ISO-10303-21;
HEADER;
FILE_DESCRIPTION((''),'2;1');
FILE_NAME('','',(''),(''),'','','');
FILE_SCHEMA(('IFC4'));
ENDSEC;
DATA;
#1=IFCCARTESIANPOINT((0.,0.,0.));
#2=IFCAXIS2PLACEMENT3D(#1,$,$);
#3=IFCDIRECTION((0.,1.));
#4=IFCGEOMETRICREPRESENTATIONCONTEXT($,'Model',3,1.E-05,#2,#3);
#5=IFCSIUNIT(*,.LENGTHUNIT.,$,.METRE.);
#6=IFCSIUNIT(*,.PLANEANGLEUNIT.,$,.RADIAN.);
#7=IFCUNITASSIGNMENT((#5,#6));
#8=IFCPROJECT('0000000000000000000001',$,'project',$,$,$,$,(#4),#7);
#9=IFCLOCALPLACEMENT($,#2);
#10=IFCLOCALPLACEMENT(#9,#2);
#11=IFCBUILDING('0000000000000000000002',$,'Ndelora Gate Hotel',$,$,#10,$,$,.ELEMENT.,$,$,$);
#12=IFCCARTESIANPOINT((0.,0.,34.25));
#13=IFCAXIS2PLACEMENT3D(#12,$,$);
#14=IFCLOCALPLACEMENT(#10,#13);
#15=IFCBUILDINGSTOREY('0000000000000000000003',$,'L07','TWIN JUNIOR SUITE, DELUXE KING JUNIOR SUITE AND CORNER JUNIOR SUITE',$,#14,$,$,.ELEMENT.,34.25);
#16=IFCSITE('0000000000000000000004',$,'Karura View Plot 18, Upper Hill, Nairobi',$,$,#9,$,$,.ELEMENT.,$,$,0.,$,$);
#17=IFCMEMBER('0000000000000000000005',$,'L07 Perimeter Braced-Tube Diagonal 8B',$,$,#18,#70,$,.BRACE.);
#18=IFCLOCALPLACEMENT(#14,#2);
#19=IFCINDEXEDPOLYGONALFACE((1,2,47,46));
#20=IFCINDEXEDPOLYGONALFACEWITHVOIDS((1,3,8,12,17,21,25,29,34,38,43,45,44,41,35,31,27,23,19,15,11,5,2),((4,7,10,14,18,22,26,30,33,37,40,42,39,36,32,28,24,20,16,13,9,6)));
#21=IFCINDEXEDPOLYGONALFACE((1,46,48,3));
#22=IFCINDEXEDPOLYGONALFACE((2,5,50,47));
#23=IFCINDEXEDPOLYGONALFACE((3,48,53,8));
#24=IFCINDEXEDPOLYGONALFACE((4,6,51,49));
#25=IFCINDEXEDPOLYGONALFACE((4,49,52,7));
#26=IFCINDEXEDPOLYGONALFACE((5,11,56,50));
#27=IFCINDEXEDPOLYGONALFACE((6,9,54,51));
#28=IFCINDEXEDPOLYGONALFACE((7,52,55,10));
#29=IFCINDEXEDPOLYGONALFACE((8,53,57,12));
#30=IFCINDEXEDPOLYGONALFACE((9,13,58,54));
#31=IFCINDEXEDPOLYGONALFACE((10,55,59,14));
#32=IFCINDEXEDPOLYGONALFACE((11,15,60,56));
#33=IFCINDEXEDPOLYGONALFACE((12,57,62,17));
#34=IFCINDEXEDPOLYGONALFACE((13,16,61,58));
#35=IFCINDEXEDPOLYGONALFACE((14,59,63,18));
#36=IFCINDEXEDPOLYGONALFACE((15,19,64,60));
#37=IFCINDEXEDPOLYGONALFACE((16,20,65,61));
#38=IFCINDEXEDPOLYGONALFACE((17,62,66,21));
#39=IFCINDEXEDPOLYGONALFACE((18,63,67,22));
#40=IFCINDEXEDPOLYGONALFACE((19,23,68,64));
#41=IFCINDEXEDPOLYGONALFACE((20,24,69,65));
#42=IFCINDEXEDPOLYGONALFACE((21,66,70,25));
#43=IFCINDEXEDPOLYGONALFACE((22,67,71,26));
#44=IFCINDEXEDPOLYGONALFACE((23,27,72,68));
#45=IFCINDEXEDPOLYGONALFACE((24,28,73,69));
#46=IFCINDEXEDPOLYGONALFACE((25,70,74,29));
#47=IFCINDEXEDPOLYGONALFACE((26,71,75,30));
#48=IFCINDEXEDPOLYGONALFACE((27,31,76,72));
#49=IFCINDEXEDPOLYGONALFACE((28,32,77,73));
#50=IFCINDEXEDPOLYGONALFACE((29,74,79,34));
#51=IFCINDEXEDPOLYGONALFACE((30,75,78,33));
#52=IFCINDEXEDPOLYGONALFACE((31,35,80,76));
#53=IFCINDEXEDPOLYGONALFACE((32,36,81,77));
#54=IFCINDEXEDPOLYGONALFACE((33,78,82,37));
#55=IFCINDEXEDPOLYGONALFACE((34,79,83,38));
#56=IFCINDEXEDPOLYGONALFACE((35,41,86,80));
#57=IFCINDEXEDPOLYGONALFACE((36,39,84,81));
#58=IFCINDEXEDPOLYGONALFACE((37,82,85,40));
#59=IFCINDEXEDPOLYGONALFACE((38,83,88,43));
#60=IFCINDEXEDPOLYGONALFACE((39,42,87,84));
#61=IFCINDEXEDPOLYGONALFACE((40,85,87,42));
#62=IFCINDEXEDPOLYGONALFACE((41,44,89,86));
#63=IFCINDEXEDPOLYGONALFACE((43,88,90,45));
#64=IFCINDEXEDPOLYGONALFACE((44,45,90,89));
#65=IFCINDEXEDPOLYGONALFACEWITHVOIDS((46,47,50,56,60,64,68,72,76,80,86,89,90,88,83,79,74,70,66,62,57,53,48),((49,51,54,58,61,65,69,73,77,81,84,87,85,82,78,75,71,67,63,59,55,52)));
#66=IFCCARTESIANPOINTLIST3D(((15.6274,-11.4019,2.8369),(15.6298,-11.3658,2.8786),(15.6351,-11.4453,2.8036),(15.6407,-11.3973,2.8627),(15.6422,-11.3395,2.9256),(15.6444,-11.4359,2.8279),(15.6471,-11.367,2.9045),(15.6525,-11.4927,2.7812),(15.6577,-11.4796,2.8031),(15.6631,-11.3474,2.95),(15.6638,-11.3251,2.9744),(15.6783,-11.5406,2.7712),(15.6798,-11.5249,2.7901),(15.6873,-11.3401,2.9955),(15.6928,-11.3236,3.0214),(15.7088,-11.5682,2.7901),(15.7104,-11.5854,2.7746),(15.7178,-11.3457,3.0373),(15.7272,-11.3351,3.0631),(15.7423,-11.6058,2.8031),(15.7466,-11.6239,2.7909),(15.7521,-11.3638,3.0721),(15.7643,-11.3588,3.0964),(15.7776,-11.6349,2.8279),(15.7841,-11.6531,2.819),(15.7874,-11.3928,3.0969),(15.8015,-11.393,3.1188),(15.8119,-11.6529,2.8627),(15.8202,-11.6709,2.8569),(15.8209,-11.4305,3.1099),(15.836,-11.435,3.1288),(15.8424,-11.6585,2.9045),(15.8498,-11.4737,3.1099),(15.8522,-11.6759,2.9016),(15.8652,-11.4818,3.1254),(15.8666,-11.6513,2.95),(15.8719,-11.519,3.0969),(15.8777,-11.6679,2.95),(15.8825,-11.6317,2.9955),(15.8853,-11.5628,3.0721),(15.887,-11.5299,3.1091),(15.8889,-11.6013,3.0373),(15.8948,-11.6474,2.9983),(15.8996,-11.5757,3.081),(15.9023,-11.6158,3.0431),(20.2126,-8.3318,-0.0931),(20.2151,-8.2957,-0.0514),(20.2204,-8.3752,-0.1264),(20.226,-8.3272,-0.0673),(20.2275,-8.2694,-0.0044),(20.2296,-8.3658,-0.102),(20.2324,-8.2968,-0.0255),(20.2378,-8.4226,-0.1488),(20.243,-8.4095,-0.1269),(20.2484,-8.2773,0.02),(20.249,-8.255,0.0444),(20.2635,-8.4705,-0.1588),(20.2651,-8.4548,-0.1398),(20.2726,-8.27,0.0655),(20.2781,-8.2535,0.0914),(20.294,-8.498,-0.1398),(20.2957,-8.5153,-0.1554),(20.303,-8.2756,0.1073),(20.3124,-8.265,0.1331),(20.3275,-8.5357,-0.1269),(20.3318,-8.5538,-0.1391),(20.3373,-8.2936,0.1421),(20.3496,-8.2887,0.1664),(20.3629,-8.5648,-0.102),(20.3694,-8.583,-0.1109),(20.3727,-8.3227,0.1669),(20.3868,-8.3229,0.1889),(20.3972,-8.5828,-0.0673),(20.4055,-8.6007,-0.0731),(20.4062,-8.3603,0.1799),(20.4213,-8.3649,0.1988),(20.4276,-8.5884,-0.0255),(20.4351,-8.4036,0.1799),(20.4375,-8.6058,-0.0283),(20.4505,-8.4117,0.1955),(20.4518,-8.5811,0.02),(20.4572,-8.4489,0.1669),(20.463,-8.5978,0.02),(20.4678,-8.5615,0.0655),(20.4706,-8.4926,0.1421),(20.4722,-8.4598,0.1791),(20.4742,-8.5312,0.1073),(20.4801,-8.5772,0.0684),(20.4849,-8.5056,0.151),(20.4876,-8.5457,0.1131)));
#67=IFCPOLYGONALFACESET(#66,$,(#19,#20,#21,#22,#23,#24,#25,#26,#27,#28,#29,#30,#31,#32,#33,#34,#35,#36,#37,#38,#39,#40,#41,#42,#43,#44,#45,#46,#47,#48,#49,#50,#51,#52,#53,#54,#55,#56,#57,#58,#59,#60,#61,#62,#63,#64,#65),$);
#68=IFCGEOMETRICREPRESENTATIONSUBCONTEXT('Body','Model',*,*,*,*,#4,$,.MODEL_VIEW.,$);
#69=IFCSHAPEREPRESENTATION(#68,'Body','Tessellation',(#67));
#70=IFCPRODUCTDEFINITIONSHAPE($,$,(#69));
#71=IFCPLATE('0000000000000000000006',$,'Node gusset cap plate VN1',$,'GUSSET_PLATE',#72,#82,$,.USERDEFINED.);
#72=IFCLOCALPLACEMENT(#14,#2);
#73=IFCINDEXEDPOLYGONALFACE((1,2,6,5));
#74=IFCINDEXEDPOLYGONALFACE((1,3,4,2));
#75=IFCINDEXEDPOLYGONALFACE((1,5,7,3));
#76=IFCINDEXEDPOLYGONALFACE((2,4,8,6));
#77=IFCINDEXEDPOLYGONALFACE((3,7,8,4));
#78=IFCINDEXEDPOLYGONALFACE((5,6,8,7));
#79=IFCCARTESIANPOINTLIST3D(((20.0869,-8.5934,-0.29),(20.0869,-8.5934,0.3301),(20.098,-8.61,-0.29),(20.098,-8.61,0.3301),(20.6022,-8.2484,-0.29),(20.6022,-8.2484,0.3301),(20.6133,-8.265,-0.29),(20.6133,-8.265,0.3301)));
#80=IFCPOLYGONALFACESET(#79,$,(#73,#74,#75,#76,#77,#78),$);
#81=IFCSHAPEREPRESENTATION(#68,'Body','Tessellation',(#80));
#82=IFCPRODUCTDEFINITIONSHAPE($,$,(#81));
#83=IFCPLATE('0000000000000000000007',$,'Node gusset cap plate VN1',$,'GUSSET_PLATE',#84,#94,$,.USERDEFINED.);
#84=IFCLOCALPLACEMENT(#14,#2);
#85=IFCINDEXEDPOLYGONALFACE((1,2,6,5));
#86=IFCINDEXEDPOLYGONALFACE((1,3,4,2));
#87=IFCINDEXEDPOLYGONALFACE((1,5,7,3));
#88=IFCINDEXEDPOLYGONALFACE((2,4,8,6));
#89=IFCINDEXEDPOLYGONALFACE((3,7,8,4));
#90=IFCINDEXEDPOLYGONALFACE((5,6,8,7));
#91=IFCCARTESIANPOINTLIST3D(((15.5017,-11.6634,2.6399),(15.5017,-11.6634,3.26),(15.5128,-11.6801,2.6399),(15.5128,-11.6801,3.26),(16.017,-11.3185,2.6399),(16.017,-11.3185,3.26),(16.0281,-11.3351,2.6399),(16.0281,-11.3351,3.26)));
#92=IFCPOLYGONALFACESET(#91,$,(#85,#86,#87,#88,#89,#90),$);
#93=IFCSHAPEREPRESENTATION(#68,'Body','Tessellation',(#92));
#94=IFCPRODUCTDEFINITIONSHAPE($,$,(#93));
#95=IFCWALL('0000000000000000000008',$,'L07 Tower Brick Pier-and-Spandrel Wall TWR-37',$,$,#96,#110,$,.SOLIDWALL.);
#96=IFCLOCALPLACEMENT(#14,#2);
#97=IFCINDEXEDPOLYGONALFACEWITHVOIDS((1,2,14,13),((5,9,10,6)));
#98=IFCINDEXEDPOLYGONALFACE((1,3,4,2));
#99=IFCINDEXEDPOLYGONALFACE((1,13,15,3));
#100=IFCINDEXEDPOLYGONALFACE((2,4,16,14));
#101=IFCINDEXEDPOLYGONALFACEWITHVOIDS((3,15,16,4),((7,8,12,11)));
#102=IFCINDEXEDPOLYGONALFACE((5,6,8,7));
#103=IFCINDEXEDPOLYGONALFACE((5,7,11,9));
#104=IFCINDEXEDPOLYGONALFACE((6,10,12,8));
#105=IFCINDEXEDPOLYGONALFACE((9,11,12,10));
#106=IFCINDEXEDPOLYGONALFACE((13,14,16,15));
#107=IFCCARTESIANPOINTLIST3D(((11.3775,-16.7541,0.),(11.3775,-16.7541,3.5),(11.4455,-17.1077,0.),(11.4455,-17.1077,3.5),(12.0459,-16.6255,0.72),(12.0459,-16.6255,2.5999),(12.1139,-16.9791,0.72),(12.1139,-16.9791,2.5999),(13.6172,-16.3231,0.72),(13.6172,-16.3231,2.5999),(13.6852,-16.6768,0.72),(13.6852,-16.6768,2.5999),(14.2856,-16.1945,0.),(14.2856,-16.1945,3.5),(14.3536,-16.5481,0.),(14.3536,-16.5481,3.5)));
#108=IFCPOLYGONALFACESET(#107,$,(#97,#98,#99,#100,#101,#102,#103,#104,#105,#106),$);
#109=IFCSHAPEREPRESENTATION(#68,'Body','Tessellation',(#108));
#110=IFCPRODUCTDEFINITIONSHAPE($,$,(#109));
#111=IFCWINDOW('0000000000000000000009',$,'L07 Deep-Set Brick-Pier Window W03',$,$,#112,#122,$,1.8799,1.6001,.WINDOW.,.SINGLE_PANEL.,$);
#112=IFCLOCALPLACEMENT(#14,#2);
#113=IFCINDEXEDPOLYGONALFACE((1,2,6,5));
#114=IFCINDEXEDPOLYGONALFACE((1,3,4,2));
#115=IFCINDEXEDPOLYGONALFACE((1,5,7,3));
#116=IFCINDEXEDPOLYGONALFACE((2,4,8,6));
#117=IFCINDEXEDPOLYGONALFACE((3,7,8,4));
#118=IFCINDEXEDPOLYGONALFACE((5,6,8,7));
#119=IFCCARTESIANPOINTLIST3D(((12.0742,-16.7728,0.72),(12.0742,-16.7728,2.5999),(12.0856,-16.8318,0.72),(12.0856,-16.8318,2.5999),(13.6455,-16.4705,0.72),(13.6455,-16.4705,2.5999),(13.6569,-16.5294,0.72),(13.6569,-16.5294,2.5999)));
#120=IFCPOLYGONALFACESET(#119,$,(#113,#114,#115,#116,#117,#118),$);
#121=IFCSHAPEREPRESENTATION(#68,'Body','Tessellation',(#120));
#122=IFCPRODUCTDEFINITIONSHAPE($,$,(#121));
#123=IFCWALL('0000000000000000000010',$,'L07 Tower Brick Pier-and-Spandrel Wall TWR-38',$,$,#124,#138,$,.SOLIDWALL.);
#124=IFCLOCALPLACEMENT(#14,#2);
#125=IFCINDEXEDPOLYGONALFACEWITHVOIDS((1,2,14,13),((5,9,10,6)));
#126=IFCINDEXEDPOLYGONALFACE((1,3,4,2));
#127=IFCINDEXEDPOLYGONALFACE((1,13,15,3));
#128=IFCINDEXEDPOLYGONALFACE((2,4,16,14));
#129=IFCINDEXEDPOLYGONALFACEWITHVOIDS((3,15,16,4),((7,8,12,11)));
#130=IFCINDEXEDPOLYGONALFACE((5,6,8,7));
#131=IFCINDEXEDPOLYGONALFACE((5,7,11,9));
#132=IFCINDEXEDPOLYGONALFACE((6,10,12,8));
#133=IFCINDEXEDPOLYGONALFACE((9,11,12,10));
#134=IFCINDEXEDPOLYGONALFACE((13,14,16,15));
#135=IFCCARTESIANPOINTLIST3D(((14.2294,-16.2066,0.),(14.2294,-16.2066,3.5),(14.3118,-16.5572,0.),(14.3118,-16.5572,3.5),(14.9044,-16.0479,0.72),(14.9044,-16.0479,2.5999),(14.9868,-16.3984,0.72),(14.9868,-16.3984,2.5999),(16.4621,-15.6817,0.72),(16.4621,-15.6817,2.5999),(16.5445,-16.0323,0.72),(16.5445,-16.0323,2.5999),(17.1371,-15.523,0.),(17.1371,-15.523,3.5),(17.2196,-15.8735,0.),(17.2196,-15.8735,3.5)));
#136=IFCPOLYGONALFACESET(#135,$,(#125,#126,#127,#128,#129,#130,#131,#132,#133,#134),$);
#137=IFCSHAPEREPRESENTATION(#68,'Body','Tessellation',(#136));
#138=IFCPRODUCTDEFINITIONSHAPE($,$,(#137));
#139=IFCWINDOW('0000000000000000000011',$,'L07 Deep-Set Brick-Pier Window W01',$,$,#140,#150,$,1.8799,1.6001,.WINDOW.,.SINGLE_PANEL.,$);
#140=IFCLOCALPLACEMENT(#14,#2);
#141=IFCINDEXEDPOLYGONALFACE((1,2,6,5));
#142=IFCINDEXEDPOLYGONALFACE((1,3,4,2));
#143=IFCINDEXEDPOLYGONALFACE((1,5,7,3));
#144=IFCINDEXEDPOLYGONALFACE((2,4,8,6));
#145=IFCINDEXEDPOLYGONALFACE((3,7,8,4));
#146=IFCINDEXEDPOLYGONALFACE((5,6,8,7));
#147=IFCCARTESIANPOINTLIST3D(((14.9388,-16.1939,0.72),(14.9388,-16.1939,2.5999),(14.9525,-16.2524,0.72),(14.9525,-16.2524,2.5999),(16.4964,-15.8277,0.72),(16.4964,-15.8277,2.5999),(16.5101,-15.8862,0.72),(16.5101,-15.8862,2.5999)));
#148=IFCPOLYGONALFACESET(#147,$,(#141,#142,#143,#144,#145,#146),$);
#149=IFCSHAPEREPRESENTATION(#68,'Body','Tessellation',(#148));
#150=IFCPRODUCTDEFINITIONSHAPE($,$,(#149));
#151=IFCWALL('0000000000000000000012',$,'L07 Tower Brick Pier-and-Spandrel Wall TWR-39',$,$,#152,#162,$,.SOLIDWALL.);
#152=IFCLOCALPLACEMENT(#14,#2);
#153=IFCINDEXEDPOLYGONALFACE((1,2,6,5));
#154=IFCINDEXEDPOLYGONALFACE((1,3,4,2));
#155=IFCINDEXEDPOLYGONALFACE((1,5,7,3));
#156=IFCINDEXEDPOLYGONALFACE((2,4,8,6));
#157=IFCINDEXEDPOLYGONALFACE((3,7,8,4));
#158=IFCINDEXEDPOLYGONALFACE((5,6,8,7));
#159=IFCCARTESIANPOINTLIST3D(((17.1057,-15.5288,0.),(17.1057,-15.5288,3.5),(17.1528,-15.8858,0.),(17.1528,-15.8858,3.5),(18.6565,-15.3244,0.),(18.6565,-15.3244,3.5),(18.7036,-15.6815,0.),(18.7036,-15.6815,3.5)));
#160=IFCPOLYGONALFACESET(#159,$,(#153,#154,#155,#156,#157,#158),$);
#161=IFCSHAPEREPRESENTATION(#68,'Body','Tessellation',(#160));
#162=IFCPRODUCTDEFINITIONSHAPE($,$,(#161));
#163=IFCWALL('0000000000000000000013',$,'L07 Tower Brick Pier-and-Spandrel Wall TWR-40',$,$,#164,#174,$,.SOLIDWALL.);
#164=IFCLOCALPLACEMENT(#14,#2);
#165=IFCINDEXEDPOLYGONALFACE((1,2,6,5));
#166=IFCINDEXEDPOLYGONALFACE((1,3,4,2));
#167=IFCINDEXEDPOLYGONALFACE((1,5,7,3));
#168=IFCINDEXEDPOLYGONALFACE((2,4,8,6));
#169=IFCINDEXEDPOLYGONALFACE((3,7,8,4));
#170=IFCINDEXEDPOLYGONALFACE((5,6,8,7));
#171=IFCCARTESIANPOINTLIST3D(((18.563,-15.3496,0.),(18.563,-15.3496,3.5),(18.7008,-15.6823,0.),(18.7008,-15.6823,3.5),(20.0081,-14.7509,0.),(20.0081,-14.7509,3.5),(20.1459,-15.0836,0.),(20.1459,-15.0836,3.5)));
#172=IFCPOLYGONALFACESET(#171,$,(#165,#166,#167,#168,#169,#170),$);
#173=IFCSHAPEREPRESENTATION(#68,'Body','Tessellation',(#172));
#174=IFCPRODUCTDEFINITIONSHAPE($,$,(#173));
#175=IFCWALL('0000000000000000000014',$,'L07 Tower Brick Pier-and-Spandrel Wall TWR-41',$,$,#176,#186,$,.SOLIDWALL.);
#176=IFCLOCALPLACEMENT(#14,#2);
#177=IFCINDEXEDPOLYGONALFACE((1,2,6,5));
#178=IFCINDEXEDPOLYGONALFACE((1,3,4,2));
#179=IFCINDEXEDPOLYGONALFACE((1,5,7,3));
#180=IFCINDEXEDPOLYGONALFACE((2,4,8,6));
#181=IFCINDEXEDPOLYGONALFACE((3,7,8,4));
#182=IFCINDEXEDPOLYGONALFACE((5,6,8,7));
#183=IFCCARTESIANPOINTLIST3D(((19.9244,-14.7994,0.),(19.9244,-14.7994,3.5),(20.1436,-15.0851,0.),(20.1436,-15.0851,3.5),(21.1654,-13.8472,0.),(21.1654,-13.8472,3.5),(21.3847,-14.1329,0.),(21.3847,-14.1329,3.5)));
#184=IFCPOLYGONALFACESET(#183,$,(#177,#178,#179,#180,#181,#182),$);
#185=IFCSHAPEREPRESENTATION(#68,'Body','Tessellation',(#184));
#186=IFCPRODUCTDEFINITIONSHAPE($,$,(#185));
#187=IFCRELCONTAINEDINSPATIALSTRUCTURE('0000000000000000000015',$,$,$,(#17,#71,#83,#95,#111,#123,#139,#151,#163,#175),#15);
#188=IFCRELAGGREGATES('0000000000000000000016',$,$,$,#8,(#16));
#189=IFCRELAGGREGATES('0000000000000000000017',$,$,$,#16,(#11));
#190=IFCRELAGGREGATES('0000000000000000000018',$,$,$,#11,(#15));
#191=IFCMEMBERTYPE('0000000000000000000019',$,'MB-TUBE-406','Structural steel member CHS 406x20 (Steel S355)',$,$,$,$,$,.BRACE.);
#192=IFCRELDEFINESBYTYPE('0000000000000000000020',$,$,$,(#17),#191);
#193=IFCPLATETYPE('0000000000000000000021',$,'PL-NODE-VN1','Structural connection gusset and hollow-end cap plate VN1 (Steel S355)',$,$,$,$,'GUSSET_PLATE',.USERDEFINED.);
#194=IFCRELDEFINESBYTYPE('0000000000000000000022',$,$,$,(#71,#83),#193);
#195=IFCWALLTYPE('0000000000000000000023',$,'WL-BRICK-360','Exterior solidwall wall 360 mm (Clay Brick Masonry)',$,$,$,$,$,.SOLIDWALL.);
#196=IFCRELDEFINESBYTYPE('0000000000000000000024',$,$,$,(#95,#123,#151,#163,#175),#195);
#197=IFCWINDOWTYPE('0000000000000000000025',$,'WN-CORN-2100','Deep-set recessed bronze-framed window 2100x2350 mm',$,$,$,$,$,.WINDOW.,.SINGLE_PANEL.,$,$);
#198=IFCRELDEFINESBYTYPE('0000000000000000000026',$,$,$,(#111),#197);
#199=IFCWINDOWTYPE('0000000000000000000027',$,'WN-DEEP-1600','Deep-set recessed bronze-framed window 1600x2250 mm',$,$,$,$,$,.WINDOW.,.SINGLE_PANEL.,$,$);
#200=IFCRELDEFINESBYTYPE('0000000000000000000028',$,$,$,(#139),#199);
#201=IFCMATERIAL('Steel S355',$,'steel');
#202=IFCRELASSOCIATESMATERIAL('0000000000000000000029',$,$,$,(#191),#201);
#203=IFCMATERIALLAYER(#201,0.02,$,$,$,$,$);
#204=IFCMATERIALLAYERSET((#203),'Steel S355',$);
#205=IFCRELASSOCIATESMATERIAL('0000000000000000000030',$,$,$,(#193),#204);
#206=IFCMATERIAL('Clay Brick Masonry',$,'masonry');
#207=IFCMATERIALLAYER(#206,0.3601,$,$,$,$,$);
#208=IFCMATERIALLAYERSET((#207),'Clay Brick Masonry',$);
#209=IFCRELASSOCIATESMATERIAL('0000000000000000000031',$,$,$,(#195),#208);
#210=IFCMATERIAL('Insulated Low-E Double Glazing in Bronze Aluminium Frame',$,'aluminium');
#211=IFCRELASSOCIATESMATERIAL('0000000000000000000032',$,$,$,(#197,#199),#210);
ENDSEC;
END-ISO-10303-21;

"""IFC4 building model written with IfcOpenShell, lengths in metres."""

from ifc_helpers import new_model, si_unit, direction, frame, frame_2d, origin, origin_2d, place, context, subcontext, project, spatial, rectangle, hollow_circle, extrude, material, layer, layer_set, material_profile, profile_set, type_object, element, fill, save


model = new_model("IFC4")

# Units and contexts
model_context = context("Model", 3, precision=1e-05, world=origin(), true_north=direction((0.0, 1.0)))
body_context = subcontext(model_context, "Body", "Model", "MODEL_VIEW")
ifc_project = project(units=[si_unit("LENGTHUNIT", "METRE"), si_unit("PLANEANGLEUNIT", "RADIAN")], contexts=[model_context])

# Site, building, storey
site_placement = place(None, origin())
site = spatial("IfcSite", under=ifc_project, at=site_placement, Name="Karura View Plot 18, Upper Hill, Nairobi", CompositionType="ELEMENT", RefElevation=0.0)
building_placement = place(site_placement, origin())
building = spatial("IfcBuilding", under=site, at=building_placement, Name="Ndelora Gate Hotel", CompositionType="ELEMENT")
storey_placement = place(building_placement, frame((0.0, 0.0, 34.25)))
storey = spatial("IfcBuildingStorey", under=building, at=storey_placement, Name="L07", Description="TWIN JUNIOR SUITE, DELUXE KING JUNIOR SUITE AND CORNER JUNIOR SUITE", CompositionType="ELEMENT", Elevation=34.25)

# Shared definitions
ifc_material_1 = material(Name="Steel S355", Category="steel")

# Member
ifc_material_profile_1 = material_profile(ifc_material_1, hollow_circle(Radius=0.2029, WallThickness=0.02, at=origin_2d()), Name="CHS 406x20")
ifc_profile_set_1 = profile_set([ifc_material_profile_1], Name="Steel S355")
member_type = type_object("IfcMemberType", Name="MB-TUBE-406", Description="Structural steel member CHS 406x20 (Steel S355)", PredefinedType="BRACE", material=ifc_profile_set_1)
member_placement = place(storey_placement, frame((20.3501, -8.4292, 0.02), z_axis=(-0.733901, -0.491391, 0.468961), x_axis=(0.556363, -0.830939, 0.0)))
element("IfcMember", 1, at=member_placement, inside=storey, type_object=member_type, Name="L07 Perimeter Braced-Tube Diagonal 8B", PredefinedType="BRACE", context=body_context, shape_type="SweptSolid", body=[
    extrude(hollow_circle(Radius=0.2029, WallThickness=0.02, at=origin_2d()), origin(), (0.0, 0.0, 1.0), 6.2478),
])

# Plates
ifc_layer_1 = layer(ifc_material_1, 0.02)
ifc_layer_set_1 = layer_set([ifc_layer_1], Name="Steel S355")
plate_type = type_object("IfcPlateType", Name="PL-NODE-VN1", Description="Structural connection gusset and hollow-end cap plate VN1 (Steel S355)", ElementType="GUSSET_PLATE", PredefinedType="USERDEFINED", material=ifc_layer_set_1)
for number, where, z_axis, x_axis, name in (
    (2, (20.3501, -8.4292, -0.29), (0.0, 0.0, 1.0), (0.830984, 0.556296, 0.0), "Node gusset cap plate VN1"),
    (3, (15.7649, -11.4993, 2.6399), (0.0, 0.0, 1.0), (0.830984, 0.556296, 0.0), "Node gusset cap plate VN1"),
):
    element("IfcPlate", number, at=place(storey_placement, frame(where, z_axis=z_axis, x_axis=x_axis)), inside=storey, type_object=plate_type, Name=name, ObjectType="GUSSET_PLATE", PredefinedType="USERDEFINED", context=body_context, shape_type="SweptSolid", body=[
        extrude(rectangle(XDim=0.6201, YDim=0.02, at=origin_2d()), origin(), (0.0, 0.0, 1.0), 0.6201),
    ])

# Walls, openings, windows
ifc_material_2 = material(Name="Clay Brick Masonry", Category="masonry")
ifc_layer_2 = layer(ifc_material_2, 0.3601)
ifc_layer_set_2 = layer_set([ifc_layer_2], Name="Clay Brick Masonry")
wall_type = type_object("IfcWallType", Name="WL-BRICK-360", Description="Exterior solidwall wall 360 mm (Clay Brick Masonry)", PredefinedType="SOLIDWALL", material=ifc_layer_set_2)
wall_1_placement = place(storey_placement, frame((14.3196, -16.3713, 0.0), z_axis=(0.0, 0.0, 1.0), x_axis=(-0.981985, -0.188961, 0.0)))
wall_1 = element("IfcWall", 4, at=wall_1_placement, inside=storey, type_object=wall_type, Name="L07 Tower Brick Pier-and-Spandrel Wall TWR-37", PredefinedType="SOLIDWALL", context=body_context, shape_type="SweptSolid", body=[
    extrude(rectangle(XDim=2.9614, YDim=0.3601, at=frame_2d((1.4807, 0.0))), origin(), (0.0, 0.0, 1.0), 3.5),
])
opening_1_placement = place(wall_1_placement, frame((0.6807, 0.0, 0.72)))
opening_1 = element("IfcOpeningElement", 5, at=opening_1_placement, cuts=wall_1, PredefinedType="OPENING", context=body_context, shape_type="SweptSolid", body=[
    extrude(rectangle(XDim=1.6001, YDim=1.8799, at=frame_2d((0.8, 0.9399))), frame((0.0, 0.1899, 0.0), z_axis=(0.0, -1.0, 0.0), x_axis=(1.0, 0.0, 0.0)), (0.0, 0.0, 1.0), 0.3801),
])
ifc_material_3 = material(Name="Insulated Low-E Double Glazing in Bronze Aluminium Frame", Category="aluminium")
window_type_1 = type_object("IfcWindowType", Name="WN-CORN-2100", Description="Deep-set recessed bronze-framed window 2100x2350 mm", PartitioningType="SINGLE_PANEL", PredefinedType="WINDOW", material=ifc_material_3)
window_1_placement = place(opening_1_placement, origin())
window_1 = element("IfcWindow", 6, at=window_1_placement, inside=storey, type_object=window_type_1, Name="L07 Deep-Set Brick-Pier Window W03", OverallHeight=1.8799, OverallWidth=1.6001, PartitioningType="SINGLE_PANEL", PredefinedType="WINDOW", context=body_context, shape_type="SweptSolid", body=[
    extrude(rectangle(XDim=1.6001, YDim=1.8799, at=frame_2d((0.8, 0.9399))), frame((0.0, 0.03, 0.0), z_axis=(0.0, -1.0, 0.0), x_axis=(1.0, 0.0, 0.0)), (0.0, 0.0, 1.0), 0.0601),
])
fill(opening_1, window_1)
wall_2_placement = place(storey_placement, frame((17.1785, -15.6982, 0.0), z_axis=(0.0, 0.0, 1.0), x_axis=(-0.97346, -0.228857, 0.0)))
wall_2 = element("IfcWall", 7, at=wall_2_placement, inside=storey, type_object=wall_type, Name="L07 Tower Brick Pier-and-Spandrel Wall TWR-38", PredefinedType="SOLIDWALL", context=body_context, shape_type="SweptSolid", body=[
    extrude(rectangle(XDim=2.9871, YDim=0.3601, at=frame_2d((1.4937, 0.0))), origin(), (0.0, 0.0, 1.0), 3.5),
])
opening_2_placement = place(wall_2_placement, frame((0.6936, 0.0, 0.72)))
opening_2 = element("IfcOpeningElement", 8, at=opening_2_placement, cuts=wall_2, PredefinedType="OPENING", context=body_context, shape_type="SweptSolid", body=[
    extrude(rectangle(XDim=1.6001, YDim=1.8799, at=frame_2d((0.8, 0.9399))), frame((0.0, 0.1899, 0.0), z_axis=(0.0, -1.0, 0.0), x_axis=(1.0, 0.0, 0.0)), (0.0, 0.0, 1.0), 0.3801),
])
window_type_2 = type_object("IfcWindowType", Name="WN-DEEP-1600", Description="Deep-set recessed bronze-framed window 1600x2250 mm", PartitioningType="SINGLE_PANEL", PredefinedType="WINDOW", material=ifc_material_3)
window_2_placement = place(opening_2_placement, origin())
window_2 = element("IfcWindow", 9, at=window_2_placement, inside=storey, type_object=window_type_2, Name="L07 Deep-Set Brick-Pier Window W01", OverallHeight=1.8799, OverallWidth=1.6001, PartitioningType="SINGLE_PANEL", PredefinedType="WINDOW", context=body_context, shape_type="SweptSolid", body=[
    extrude(rectangle(XDim=1.6001, YDim=1.8799, at=frame_2d((0.8, 0.9399))), frame((0.0, 0.03, 0.0), z_axis=(0.0, -1.0, 0.0), x_axis=(1.0, 0.0, 0.0)), (0.0, 0.0, 1.0), 0.0601),
])
fill(opening_2, window_2)

# Walls
for number, where, z_axis, x_axis, name in (
    (10, (18.6802, -15.5029, 0.0), (0.0, 0.0, 1.0), (-0.99143, -0.13064, 0.0), "L07 Tower Brick Pier-and-Spandrel Wall TWR-39"),
    (11, (20.0771, -14.9172, 0.0), (0.0, 0.0, 1.0), (-0.923865, -0.382719, 0.0), "L07 Tower Brick Pier-and-Spandrel Wall TWR-40"),
    (12, (21.2751, -13.99, 0.0), (0.0, 0.0, 1.0), (-0.793378, -0.60873, 0.0), "L07 Tower Brick Pier-and-Spandrel Wall TWR-41"),
):
    element("IfcWall", number, at=place(storey_placement, frame(where, z_axis=z_axis, x_axis=x_axis)), inside=storey, type_object=wall_type, Name=name, PredefinedType="SOLIDWALL", context=body_context, shape_type="SweptSolid", body=[
        extrude(rectangle(XDim=1.5642, YDim=0.3601, at=frame_2d((0.7822, 0.0))), origin(), (0.0, 0.0, 1.0), 3.5),
    ])

save(model, "model.ifc")
